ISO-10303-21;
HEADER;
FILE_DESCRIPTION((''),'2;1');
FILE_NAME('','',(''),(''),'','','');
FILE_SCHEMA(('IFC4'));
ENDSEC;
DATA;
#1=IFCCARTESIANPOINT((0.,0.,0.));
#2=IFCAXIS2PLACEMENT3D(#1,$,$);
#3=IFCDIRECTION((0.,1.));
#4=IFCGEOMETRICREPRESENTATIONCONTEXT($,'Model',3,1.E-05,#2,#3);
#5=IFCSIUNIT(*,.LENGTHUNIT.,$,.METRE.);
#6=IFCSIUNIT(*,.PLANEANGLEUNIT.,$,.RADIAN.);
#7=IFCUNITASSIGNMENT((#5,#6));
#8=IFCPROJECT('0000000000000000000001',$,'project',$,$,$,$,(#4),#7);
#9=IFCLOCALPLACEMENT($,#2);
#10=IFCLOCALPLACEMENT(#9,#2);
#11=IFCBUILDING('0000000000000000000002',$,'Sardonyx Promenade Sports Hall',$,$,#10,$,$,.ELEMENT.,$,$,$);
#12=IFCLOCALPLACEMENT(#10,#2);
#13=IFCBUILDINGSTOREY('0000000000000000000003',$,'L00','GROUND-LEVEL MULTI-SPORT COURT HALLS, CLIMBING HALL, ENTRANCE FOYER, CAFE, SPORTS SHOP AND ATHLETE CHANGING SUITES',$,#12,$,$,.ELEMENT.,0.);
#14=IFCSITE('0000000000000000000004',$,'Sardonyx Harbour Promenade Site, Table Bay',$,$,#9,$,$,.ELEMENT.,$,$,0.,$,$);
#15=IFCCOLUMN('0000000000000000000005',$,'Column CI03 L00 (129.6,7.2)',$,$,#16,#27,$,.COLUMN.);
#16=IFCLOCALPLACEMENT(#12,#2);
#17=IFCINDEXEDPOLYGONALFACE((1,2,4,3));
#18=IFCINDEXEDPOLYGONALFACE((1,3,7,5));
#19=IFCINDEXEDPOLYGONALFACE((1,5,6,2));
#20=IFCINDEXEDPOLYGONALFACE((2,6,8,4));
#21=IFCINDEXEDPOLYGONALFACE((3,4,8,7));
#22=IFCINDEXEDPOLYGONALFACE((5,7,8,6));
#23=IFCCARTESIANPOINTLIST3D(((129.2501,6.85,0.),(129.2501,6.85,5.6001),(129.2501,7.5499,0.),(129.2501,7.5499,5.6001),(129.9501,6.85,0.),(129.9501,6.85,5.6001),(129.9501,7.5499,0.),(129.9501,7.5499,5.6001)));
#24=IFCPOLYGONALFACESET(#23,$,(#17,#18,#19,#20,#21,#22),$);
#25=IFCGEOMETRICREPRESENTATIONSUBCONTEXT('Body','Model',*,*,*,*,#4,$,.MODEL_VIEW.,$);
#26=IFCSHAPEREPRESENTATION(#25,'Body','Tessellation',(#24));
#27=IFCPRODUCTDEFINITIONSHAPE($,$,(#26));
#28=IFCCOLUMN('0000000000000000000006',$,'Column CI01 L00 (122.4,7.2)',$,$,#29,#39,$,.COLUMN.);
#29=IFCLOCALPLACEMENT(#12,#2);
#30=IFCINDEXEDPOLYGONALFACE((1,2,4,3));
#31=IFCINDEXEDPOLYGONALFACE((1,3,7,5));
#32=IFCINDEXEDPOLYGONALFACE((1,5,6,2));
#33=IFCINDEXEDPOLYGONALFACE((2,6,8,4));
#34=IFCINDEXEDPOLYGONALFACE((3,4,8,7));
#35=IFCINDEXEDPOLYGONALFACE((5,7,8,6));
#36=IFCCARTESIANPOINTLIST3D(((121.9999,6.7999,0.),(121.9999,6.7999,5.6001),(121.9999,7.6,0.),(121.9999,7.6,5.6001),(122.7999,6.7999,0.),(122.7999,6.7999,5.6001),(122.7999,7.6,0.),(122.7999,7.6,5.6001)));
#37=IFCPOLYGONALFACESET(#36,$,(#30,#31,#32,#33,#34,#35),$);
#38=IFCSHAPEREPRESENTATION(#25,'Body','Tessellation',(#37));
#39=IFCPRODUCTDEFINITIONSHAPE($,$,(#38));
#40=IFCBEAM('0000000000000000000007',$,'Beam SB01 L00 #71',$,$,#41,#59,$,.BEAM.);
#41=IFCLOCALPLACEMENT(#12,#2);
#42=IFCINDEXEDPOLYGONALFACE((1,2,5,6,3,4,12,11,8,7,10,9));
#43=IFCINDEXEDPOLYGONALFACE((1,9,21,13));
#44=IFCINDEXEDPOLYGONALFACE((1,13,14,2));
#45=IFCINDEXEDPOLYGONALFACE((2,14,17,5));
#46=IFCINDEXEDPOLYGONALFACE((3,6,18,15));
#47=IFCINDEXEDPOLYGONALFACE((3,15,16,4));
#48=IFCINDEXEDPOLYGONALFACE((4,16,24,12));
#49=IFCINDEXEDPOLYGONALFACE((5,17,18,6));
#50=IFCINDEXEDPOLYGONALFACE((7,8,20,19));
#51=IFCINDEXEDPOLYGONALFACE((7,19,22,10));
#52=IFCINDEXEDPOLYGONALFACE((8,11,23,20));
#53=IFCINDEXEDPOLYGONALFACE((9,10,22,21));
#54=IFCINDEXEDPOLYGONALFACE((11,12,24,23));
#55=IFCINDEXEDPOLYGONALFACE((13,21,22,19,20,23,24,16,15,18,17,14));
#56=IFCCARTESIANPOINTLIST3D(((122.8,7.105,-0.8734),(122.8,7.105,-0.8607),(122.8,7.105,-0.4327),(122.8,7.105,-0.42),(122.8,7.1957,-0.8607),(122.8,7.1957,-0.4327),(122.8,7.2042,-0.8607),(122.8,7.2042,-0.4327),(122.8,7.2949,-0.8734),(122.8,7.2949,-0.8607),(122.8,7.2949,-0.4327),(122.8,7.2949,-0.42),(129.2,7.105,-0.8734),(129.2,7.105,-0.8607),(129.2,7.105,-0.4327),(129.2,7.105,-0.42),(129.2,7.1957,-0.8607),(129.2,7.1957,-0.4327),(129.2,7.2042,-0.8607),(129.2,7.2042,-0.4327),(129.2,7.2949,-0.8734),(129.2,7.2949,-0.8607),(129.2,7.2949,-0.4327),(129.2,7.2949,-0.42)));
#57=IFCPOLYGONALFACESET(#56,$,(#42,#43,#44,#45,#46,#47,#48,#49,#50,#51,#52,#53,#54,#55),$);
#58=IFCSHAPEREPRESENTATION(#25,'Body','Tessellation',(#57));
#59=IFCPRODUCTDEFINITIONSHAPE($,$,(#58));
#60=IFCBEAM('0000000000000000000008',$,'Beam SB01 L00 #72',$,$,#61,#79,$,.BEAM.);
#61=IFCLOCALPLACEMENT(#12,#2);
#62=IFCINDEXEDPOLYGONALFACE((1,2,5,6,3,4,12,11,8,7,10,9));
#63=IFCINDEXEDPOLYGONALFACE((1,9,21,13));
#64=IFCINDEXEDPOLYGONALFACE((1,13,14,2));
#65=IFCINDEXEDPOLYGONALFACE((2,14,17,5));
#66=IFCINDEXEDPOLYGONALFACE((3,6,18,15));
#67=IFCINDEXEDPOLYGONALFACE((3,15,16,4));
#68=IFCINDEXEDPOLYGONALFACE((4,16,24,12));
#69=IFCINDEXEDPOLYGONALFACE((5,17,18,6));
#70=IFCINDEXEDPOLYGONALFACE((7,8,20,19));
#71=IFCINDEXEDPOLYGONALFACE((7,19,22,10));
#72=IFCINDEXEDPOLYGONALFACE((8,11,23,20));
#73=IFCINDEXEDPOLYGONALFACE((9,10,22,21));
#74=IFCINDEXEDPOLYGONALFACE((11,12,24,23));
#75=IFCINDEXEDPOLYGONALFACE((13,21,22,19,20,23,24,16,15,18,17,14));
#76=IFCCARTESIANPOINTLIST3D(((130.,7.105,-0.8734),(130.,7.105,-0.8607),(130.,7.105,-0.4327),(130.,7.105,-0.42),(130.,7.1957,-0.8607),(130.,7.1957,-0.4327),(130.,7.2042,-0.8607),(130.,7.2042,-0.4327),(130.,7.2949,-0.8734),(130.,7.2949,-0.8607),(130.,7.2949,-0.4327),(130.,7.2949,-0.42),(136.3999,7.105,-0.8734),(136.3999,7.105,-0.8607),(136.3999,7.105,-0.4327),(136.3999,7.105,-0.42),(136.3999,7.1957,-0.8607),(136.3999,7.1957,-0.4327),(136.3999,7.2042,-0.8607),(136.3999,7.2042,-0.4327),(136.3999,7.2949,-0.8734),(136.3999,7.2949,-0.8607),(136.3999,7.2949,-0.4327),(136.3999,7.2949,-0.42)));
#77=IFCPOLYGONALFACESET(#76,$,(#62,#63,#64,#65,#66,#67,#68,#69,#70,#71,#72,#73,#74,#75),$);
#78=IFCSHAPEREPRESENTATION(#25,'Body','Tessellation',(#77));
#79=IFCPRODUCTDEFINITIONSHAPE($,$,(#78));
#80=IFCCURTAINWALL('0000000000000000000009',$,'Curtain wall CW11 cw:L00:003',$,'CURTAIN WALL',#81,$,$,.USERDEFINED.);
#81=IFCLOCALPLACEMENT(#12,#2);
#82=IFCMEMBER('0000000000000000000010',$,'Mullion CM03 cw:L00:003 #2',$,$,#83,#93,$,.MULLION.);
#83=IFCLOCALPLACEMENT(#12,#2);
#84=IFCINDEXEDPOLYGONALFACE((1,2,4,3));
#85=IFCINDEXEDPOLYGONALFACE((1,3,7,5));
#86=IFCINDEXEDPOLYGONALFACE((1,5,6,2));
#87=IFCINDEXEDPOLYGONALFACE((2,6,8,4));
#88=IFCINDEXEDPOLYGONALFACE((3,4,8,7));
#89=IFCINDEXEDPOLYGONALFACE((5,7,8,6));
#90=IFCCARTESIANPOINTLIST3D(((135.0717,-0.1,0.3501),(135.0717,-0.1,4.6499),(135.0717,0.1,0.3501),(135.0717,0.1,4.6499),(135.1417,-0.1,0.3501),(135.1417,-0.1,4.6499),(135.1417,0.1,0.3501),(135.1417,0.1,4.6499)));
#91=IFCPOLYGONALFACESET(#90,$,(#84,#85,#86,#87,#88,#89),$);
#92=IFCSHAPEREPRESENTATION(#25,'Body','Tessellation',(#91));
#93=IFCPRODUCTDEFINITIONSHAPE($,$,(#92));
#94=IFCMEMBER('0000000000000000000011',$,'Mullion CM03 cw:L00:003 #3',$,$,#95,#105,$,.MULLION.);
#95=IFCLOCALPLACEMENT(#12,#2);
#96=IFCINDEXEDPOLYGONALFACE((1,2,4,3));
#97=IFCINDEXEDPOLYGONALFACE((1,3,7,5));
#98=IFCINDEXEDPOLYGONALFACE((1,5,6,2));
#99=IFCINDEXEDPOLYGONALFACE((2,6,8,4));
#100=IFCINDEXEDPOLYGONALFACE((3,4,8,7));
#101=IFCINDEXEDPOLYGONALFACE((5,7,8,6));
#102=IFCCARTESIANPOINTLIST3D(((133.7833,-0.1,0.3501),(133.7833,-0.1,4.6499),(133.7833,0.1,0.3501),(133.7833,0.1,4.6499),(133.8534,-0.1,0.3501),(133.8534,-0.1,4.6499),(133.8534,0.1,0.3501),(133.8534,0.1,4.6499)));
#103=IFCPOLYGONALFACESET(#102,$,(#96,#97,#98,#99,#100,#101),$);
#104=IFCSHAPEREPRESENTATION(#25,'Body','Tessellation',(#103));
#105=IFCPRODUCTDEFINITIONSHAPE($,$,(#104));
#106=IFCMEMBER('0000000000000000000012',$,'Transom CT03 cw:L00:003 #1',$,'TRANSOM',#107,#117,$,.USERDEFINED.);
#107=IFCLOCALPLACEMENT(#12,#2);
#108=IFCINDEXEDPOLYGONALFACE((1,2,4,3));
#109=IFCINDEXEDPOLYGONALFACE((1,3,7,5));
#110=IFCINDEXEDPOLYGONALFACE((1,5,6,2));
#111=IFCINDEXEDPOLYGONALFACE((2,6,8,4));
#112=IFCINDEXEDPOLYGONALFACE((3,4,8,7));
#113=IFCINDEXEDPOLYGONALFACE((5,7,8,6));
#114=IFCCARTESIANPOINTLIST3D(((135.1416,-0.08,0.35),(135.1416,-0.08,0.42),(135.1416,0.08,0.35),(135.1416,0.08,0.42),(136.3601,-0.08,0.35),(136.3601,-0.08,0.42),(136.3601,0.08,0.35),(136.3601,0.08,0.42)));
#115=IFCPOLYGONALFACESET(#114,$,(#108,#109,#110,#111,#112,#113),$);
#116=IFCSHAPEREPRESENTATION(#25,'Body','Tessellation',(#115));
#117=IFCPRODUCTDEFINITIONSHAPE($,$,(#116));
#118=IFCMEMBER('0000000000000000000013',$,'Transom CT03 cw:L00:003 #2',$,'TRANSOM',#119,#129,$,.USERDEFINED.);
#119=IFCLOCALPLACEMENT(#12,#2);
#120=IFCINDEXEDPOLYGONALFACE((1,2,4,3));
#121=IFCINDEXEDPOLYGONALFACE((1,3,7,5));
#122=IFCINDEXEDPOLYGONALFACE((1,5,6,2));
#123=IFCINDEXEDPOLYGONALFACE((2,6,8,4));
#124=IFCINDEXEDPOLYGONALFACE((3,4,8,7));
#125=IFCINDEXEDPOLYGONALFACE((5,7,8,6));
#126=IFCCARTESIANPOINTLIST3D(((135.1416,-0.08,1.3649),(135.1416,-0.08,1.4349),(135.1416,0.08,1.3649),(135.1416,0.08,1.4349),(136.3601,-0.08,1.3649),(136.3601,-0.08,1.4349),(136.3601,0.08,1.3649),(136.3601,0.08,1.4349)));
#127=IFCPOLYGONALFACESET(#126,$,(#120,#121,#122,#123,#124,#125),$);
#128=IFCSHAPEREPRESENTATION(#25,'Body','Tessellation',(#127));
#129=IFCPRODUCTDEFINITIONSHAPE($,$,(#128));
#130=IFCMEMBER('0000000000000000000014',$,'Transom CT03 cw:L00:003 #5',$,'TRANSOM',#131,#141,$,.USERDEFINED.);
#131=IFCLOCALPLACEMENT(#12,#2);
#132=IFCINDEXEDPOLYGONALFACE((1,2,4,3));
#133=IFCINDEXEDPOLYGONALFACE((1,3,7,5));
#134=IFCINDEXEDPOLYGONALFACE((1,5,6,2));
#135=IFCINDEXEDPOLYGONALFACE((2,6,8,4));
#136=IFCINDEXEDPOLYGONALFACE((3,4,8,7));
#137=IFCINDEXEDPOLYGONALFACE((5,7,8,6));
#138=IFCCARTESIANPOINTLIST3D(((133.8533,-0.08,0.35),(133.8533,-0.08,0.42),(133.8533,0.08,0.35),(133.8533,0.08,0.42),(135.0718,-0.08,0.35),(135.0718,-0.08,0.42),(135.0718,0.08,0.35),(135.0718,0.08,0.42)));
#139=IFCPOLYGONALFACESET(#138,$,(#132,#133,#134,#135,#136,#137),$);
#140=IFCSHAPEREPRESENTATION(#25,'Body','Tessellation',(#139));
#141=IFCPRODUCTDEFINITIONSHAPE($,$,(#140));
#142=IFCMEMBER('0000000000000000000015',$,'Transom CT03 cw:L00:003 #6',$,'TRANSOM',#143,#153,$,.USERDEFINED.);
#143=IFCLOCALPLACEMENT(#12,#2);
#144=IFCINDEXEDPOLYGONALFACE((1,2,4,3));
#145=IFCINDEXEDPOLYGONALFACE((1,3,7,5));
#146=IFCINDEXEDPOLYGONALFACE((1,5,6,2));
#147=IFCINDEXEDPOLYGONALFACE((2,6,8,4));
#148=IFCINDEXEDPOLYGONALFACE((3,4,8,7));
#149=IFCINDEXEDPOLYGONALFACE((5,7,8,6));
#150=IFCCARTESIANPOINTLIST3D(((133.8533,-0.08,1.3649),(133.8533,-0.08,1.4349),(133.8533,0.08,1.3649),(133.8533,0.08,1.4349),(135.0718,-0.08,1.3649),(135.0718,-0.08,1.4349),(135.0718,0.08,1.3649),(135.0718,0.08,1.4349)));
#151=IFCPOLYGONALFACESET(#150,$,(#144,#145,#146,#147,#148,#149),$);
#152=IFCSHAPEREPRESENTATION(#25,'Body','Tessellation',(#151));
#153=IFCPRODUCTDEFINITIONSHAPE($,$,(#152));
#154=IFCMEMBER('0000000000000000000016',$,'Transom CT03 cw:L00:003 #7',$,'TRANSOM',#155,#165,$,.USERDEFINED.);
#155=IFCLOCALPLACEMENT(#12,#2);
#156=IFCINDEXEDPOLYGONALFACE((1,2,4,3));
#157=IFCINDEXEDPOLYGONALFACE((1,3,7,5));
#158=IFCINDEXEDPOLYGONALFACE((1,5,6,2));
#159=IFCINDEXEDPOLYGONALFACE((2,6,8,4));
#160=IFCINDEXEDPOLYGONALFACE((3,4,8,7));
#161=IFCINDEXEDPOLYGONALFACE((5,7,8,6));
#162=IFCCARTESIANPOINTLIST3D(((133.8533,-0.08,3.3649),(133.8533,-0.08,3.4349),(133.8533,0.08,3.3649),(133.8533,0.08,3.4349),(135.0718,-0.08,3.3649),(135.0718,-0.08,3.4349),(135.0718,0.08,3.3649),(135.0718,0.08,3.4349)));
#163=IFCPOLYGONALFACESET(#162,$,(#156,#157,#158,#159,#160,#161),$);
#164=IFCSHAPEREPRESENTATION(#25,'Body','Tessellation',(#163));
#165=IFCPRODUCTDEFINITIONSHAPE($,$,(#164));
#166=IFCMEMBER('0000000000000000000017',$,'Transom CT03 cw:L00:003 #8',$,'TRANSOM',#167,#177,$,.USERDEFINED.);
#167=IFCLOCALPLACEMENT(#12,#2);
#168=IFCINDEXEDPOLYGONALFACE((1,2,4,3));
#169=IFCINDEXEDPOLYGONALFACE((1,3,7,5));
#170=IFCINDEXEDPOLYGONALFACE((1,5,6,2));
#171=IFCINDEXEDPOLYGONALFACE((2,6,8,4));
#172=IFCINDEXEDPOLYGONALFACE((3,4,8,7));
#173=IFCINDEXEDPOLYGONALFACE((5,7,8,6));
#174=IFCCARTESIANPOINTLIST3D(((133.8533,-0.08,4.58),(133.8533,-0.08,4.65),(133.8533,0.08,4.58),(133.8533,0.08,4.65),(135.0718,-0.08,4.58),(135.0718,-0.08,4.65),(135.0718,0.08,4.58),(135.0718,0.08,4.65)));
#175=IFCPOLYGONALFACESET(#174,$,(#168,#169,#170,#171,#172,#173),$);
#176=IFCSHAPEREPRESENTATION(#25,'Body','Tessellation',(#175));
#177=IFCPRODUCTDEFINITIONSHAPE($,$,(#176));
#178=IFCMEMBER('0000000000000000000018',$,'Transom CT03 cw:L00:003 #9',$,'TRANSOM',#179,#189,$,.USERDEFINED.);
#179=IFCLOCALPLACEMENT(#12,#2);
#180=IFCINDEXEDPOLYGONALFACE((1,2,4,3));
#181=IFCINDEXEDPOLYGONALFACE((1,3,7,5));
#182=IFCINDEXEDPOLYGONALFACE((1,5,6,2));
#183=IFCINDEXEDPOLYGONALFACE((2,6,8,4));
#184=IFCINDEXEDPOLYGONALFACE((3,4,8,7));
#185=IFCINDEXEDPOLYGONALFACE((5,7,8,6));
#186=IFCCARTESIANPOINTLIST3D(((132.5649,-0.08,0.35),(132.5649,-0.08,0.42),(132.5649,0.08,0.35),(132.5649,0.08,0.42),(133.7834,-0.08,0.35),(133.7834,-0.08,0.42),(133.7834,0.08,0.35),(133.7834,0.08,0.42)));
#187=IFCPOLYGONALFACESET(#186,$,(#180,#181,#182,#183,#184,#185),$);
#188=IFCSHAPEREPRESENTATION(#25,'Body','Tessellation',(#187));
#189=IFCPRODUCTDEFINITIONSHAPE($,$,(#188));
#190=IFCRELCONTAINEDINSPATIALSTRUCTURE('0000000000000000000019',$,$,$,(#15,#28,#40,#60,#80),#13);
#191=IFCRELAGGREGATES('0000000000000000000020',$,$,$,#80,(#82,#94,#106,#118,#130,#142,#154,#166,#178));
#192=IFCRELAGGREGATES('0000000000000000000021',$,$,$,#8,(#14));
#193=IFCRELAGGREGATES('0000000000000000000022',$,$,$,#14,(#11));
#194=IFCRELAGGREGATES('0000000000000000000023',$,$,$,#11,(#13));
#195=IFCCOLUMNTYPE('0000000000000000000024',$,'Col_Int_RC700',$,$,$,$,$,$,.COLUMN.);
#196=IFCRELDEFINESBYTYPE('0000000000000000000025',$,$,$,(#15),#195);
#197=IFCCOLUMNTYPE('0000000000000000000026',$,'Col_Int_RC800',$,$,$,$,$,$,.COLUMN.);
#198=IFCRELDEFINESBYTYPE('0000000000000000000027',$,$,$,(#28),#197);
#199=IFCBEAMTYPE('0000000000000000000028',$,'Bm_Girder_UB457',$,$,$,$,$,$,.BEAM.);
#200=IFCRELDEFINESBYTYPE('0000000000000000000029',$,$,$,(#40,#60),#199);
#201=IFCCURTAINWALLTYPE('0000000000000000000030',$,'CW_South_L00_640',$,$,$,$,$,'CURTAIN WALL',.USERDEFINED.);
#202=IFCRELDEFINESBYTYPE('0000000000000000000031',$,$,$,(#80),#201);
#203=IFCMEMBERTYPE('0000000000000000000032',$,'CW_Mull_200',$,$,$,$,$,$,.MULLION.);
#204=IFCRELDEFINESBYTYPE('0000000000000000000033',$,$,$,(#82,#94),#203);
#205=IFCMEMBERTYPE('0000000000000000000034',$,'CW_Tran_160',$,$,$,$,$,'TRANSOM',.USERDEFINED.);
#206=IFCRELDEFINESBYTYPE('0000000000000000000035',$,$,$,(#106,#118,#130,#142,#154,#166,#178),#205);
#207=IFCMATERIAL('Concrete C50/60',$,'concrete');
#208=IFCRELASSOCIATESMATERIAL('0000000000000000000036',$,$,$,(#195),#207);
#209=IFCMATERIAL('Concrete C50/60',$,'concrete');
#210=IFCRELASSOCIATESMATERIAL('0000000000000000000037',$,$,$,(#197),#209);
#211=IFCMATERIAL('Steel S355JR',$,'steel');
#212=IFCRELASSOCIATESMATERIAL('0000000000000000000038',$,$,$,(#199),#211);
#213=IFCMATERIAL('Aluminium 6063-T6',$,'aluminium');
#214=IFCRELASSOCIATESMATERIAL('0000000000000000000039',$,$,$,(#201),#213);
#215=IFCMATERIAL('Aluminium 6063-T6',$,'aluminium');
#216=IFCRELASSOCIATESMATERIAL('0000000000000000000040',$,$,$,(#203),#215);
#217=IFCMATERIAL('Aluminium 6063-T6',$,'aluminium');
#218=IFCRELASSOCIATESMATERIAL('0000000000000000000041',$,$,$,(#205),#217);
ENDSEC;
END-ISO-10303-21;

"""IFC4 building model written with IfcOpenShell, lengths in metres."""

from ifc_helpers import new_model, si_unit, direction, frame, origin, origin_2d, place, context, subcontext, project, spatial, rectangle, i_section, extrude, material, material_profile, profile_set, type_object, element, aggregate, save


model = new_model("IFC4")

# Units and contexts
model_context = context("Model", 3, precision=1e-05, world=origin(), true_north=direction((0.0, 1.0)))
body_context = subcontext(model_context, "Body", "Model", "MODEL_VIEW")
ifc_project = project(units=[si_unit("LENGTHUNIT", "METRE"), si_unit("PLANEANGLEUNIT", "RADIAN")], contexts=[model_context])

# Site, building, storey
site_placement = place(None, origin())
site = spatial("IfcSite", under=ifc_project, at=site_placement, Name="Sardonyx Harbour Promenade Site, Table Bay", CompositionType="ELEMENT", RefElevation=0.0)
building_placement = place(site_placement, origin())
building = spatial("IfcBuilding", under=site, at=building_placement, Name="Sardonyx Promenade Sports Hall", CompositionType="ELEMENT")
storey_placement = place(building_placement, origin())
storey = spatial("IfcBuildingStorey", under=building, at=storey_placement, Name="L00", Description="GROUND-LEVEL MULTI-SPORT COURT HALLS, CLIMBING HALL, ENTRANCE FOYER, CAFE, SPORTS SHOP AND ATHLETE CHANGING SUITES", CompositionType="ELEMENT", Elevation=0.0)

# Columns
ifc_material_1 = material(Name="Concrete C50/60", Category="concrete")
ifc_material_profile_1 = material_profile(ifc_material_1, rectangle(XDim=0.7, YDim=0.7, at=origin_2d()))
ifc_profile_set_1 = profile_set([ifc_material_profile_1], Name="Concrete C50/60")
column_type_1 = type_object("IfcColumnType", Name="Col_Int_RC700", PredefinedType="COLUMN", material=ifc_profile_set_1)
column_1_placement = place(storey_placement, frame((129.6001, 7.2, 0.0), z_axis=(0.0, 0.0, 1.0), x_axis=(1.0, 0.0, 0.0)))
element("IfcColumn", 1, at=column_1_placement, inside=storey, type_object=column_type_1, Name="Column CI03 L00 (129.6,7.2)", PredefinedType="COLUMN", context=body_context, shape_type="SweptSolid", body=[
    extrude(rectangle(XDim=0.7, YDim=0.7, at=origin_2d()), origin(), (0.0, 0.0, 1.0), 5.6001),
])
ifc_material_2 = material(Name="Concrete C50/60", Category="concrete")
ifc_material_profile_2 = material_profile(ifc_material_2, rectangle(XDim=0.8, YDim=0.8, at=origin_2d()))
ifc_profile_set_2 = profile_set([ifc_material_profile_2], Name="Concrete C50/60")
column_type_2 = type_object("IfcColumnType", Name="Col_Int_RC800", PredefinedType="COLUMN", material=ifc_profile_set_2)
column_2_placement = place(storey_placement, frame((122.3999, 7.2, 0.0), z_axis=(0.0, 0.0, 1.0), x_axis=(1.0, 0.0, 0.0)))
element("IfcColumn", 2, at=column_2_placement, inside=storey, type_object=column_type_2, Name="Column CI01 L00 (122.4,7.2)", PredefinedType="COLUMN", context=body_context, shape_type="SweptSolid", body=[
    extrude(rectangle(XDim=0.8, YDim=0.8, at=origin_2d()), origin(), (0.0, 0.0, 1.0), 5.6001),
])

# Beams
ifc_material_3 = material(Name="Steel S355JR", Category="steel")
ifc_material_profile_3 = material_profile(ifc_material_3, i_section(OverallWidth=0.1899, OverallDepth=0.4534, WebThickness=0.0085, FlangeThickness=0.0127, at=origin_2d()))
ifc_profile_set_3 = profile_set([ifc_material_profile_3], Name="Steel S355JR")
beam_type = type_object("IfcBeamType", Name="Bm_Girder_UB457", PredefinedType="BEAM", material=ifc_profile_set_3)
for number, where, z_axis, x_axis, name in (
    (3, (122.8, 7.2, -0.6467), (1.0, 0.0, 0.0), (0.0, 1.0, 0.0), "Beam SB01 L00 #71"),
    (4, (130.0, 7.2, -0.6467), (1.0, 0.0, 0.0), (0.0, 1.0, 0.0), "Beam SB01 L00 #72"),
):
    element("IfcBeam", number, at=place(storey_placement, frame(where, z_axis=z_axis, x_axis=x_axis)), inside=storey, type_object=beam_type, Name=name, PredefinedType="BEAM", context=body_context, shape_type="SweptSolid", body=[
        extrude(i_section(OverallWidth=0.1899, OverallDepth=0.4534, WebThickness=0.0085, FlangeThickness=0.0127, at=origin_2d()), origin(), (0.0, 0.0, 1.0), 6.3999),
    ])

# Curtain wall, members
ifc_material_4 = material(Name="Aluminium 6063-T6", Category="aluminium")
curtain_wall_type = type_object("IfcCurtainWallType", Name="CW_South_L00_640", ElementType="CURTAIN WALL", PredefinedType="USERDEFINED", material=ifc_material_4)
curtain_wall_placement = place(storey_placement, origin())
curtain_wall = element("IfcCurtainWall", 5, at=curtain_wall_placement, inside=storey, type_object=curtain_wall_type, Name="Curtain wall CW11 cw:L00:003", ObjectType="CURTAIN WALL", PredefinedType="USERDEFINED")
ifc_material_5 = material(Name="Aluminium 6063-T6", Category="aluminium")
ifc_material_profile_4 = material_profile(ifc_material_5, rectangle(XDim=0.0701, YDim=0.2, at=origin_2d()))
ifc_profile_set_4 = profile_set([ifc_material_profile_4], Name="Aluminium 6063-T6")
member_type_1 = type_object("IfcMemberType", Name="CW_Mull_200", PredefinedType="MULLION", material=ifc_profile_set_4)
member_1_placement = place(storey_placement, frame((135.1067, 0.0, 0.3501), z_axis=(0.0, 0.0, 1.0), x_axis=(-1.0, 0.0, 0.0)))
member_1 = element("IfcMember", 6, at=member_1_placement, type_object=member_type_1, Name="Mullion CM03 cw:L00:003 #2", PredefinedType="MULLION", context=body_context, shape_type="SweptSolid", body=[
    extrude(rectangle(XDim=0.0701, YDim=0.2, at=origin_2d()), origin(), (0.0, 0.0, 1.0), 4.2998),
])
member_2_placement = place(storey_placement, frame((133.8184, 0.0, 0.3501), z_axis=(0.0, 0.0, 1.0), x_axis=(-1.0, 0.0, 0.0)))
member_2 = element("IfcMember", 7, at=member_2_placement, type_object=member_type_1, Name="Mullion CM03 cw:L00:003 #3", PredefinedType="MULLION", context=body_context, shape_type="SweptSolid", body=[
    extrude(rectangle(XDim=0.0701, YDim=0.2, at=origin_2d()), origin(), (0.0, 0.0, 1.0), 4.2998),
])
ifc_material_6 = material(Name="Aluminium 6063-T6", Category="aluminium")
ifc_material_profile_5 = material_profile(ifc_material_6, rectangle(XDim=0.0701, YDim=0.1599, at=origin_2d()))
ifc_profile_set_5 = profile_set([ifc_material_profile_5], Name="Aluminium 6063-T6")
member_type_2 = type_object("IfcMemberType", Name="CW_Tran_160", ElementType="TRANSOM", PredefinedType="USERDEFINED", material=ifc_profile_set_5)
member_3_placement = place(storey_placement, frame((136.3601, 0.0, 0.385), z_axis=(-1.0, 0.0, 0.0), x_axis=(0.0, 0.0, 1.0)))
member_3 = element("IfcMember", 8, at=member_3_placement, type_object=member_type_2, Name="Transom CT03 cw:L00:003 #1", ObjectType="TRANSOM", PredefinedType="USERDEFINED", context=body_context, shape_type="SweptSolid", body=[
    extrude(rectangle(XDim=0.0701, YDim=0.1599, at=origin_2d()), origin(), (0.0, 0.0, 1.0), 1.2185),
])
member_4_placement = place(storey_placement, frame((136.3601, 0.0, 1.3999), z_axis=(-1.0, 0.0, 0.0), x_axis=(0.0, 0.0, 1.0)))
member_4 = element("IfcMember", 9, at=member_4_placement, type_object=member_type_2, Name="Transom CT03 cw:L00:003 #2", ObjectType="TRANSOM", PredefinedType="USERDEFINED", context=body_context, shape_type="SweptSolid", body=[
    extrude(rectangle(XDim=0.0701, YDim=0.1599, at=origin_2d()), origin(), (0.0, 0.0, 1.0), 1.2185),
])
member_5_placement = place(storey_placement, frame((135.0718, 0.0, 0.385), z_axis=(-1.0, 0.0, 0.0), x_axis=(0.0, 0.0, 1.0)))
member_5 = element("IfcMember", 10, at=member_5_placement, type_object=member_type_2, Name="Transom CT03 cw:L00:003 #5", ObjectType="TRANSOM", PredefinedType="USERDEFINED", context=body_context, shape_type="SweptSolid", body=[
    extrude(rectangle(XDim=0.0701, YDim=0.1599, at=origin_2d()), origin(), (0.0, 0.0, 1.0), 1.2185),
])
member_6_placement = place(storey_placement, frame((135.0718, 0.0, 1.3999), z_axis=(-1.0, 0.0, 0.0), x_axis=(0.0, 0.0, 1.0)))
member_6 = element("IfcMember", 11, at=member_6_placement, type_object=member_type_2, Name="Transom CT03 cw:L00:003 #6", ObjectType="TRANSOM", PredefinedType="USERDEFINED", context=body_context, shape_type="SweptSolid", body=[
    extrude(rectangle(XDim=0.0701, YDim=0.1599, at=origin_2d()), origin(), (0.0, 0.0, 1.0), 1.2185),
])
member_7_placement = place(storey_placement, frame((135.0718, 0.0, 3.3999), z_axis=(-1.0, 0.0, 0.0), x_axis=(0.0, 0.0, 1.0)))
member_7 = element("IfcMember", 12, at=member_7_placement, type_object=member_type_2, Name="Transom CT03 cw:L00:003 #7", ObjectType="TRANSOM", PredefinedType="USERDEFINED", context=body_context, shape_type="SweptSolid", body=[
    extrude(rectangle(XDim=0.0701, YDim=0.1599, at=origin_2d()), origin(), (0.0, 0.0, 1.0), 1.2185),
])
member_8_placement = place(storey_placement, frame((135.0718, 0.0, 4.615), z_axis=(-1.0, 0.0, 0.0), x_axis=(0.0, 0.0, 1.0)))
member_8 = element("IfcMember", 13, at=member_8_placement, type_object=member_type_2, Name="Transom CT03 cw:L00:003 #8", ObjectType="TRANSOM", PredefinedType="USERDEFINED", context=body_context, shape_type="SweptSolid", body=[
    extrude(rectangle(XDim=0.0701, YDim=0.1599, at=origin_2d()), origin(), (0.0, 0.0, 1.0), 1.2185),
])
member_9_placement = place(storey_placement, frame((133.7834, 0.0, 0.385), z_axis=(-1.0, 0.0, 0.0), x_axis=(0.0, 0.0, 1.0)))
member_9 = element("IfcMember", 14, at=member_9_placement, type_object=member_type_2, Name="Transom CT03 cw:L00:003 #9", ObjectType="TRANSOM", PredefinedType="USERDEFINED", context=body_context, shape_type="SweptSolid", body=[
    extrude(rectangle(XDim=0.0701, YDim=0.1599, at=origin_2d()), origin(), (0.0, 0.0, 1.0), 1.2185),
])
aggregate(curtain_wall, [member_1, member_2, member_3, member_4, member_5, member_6, member_7, member_8, member_9])

save(model, "model.ifc")
